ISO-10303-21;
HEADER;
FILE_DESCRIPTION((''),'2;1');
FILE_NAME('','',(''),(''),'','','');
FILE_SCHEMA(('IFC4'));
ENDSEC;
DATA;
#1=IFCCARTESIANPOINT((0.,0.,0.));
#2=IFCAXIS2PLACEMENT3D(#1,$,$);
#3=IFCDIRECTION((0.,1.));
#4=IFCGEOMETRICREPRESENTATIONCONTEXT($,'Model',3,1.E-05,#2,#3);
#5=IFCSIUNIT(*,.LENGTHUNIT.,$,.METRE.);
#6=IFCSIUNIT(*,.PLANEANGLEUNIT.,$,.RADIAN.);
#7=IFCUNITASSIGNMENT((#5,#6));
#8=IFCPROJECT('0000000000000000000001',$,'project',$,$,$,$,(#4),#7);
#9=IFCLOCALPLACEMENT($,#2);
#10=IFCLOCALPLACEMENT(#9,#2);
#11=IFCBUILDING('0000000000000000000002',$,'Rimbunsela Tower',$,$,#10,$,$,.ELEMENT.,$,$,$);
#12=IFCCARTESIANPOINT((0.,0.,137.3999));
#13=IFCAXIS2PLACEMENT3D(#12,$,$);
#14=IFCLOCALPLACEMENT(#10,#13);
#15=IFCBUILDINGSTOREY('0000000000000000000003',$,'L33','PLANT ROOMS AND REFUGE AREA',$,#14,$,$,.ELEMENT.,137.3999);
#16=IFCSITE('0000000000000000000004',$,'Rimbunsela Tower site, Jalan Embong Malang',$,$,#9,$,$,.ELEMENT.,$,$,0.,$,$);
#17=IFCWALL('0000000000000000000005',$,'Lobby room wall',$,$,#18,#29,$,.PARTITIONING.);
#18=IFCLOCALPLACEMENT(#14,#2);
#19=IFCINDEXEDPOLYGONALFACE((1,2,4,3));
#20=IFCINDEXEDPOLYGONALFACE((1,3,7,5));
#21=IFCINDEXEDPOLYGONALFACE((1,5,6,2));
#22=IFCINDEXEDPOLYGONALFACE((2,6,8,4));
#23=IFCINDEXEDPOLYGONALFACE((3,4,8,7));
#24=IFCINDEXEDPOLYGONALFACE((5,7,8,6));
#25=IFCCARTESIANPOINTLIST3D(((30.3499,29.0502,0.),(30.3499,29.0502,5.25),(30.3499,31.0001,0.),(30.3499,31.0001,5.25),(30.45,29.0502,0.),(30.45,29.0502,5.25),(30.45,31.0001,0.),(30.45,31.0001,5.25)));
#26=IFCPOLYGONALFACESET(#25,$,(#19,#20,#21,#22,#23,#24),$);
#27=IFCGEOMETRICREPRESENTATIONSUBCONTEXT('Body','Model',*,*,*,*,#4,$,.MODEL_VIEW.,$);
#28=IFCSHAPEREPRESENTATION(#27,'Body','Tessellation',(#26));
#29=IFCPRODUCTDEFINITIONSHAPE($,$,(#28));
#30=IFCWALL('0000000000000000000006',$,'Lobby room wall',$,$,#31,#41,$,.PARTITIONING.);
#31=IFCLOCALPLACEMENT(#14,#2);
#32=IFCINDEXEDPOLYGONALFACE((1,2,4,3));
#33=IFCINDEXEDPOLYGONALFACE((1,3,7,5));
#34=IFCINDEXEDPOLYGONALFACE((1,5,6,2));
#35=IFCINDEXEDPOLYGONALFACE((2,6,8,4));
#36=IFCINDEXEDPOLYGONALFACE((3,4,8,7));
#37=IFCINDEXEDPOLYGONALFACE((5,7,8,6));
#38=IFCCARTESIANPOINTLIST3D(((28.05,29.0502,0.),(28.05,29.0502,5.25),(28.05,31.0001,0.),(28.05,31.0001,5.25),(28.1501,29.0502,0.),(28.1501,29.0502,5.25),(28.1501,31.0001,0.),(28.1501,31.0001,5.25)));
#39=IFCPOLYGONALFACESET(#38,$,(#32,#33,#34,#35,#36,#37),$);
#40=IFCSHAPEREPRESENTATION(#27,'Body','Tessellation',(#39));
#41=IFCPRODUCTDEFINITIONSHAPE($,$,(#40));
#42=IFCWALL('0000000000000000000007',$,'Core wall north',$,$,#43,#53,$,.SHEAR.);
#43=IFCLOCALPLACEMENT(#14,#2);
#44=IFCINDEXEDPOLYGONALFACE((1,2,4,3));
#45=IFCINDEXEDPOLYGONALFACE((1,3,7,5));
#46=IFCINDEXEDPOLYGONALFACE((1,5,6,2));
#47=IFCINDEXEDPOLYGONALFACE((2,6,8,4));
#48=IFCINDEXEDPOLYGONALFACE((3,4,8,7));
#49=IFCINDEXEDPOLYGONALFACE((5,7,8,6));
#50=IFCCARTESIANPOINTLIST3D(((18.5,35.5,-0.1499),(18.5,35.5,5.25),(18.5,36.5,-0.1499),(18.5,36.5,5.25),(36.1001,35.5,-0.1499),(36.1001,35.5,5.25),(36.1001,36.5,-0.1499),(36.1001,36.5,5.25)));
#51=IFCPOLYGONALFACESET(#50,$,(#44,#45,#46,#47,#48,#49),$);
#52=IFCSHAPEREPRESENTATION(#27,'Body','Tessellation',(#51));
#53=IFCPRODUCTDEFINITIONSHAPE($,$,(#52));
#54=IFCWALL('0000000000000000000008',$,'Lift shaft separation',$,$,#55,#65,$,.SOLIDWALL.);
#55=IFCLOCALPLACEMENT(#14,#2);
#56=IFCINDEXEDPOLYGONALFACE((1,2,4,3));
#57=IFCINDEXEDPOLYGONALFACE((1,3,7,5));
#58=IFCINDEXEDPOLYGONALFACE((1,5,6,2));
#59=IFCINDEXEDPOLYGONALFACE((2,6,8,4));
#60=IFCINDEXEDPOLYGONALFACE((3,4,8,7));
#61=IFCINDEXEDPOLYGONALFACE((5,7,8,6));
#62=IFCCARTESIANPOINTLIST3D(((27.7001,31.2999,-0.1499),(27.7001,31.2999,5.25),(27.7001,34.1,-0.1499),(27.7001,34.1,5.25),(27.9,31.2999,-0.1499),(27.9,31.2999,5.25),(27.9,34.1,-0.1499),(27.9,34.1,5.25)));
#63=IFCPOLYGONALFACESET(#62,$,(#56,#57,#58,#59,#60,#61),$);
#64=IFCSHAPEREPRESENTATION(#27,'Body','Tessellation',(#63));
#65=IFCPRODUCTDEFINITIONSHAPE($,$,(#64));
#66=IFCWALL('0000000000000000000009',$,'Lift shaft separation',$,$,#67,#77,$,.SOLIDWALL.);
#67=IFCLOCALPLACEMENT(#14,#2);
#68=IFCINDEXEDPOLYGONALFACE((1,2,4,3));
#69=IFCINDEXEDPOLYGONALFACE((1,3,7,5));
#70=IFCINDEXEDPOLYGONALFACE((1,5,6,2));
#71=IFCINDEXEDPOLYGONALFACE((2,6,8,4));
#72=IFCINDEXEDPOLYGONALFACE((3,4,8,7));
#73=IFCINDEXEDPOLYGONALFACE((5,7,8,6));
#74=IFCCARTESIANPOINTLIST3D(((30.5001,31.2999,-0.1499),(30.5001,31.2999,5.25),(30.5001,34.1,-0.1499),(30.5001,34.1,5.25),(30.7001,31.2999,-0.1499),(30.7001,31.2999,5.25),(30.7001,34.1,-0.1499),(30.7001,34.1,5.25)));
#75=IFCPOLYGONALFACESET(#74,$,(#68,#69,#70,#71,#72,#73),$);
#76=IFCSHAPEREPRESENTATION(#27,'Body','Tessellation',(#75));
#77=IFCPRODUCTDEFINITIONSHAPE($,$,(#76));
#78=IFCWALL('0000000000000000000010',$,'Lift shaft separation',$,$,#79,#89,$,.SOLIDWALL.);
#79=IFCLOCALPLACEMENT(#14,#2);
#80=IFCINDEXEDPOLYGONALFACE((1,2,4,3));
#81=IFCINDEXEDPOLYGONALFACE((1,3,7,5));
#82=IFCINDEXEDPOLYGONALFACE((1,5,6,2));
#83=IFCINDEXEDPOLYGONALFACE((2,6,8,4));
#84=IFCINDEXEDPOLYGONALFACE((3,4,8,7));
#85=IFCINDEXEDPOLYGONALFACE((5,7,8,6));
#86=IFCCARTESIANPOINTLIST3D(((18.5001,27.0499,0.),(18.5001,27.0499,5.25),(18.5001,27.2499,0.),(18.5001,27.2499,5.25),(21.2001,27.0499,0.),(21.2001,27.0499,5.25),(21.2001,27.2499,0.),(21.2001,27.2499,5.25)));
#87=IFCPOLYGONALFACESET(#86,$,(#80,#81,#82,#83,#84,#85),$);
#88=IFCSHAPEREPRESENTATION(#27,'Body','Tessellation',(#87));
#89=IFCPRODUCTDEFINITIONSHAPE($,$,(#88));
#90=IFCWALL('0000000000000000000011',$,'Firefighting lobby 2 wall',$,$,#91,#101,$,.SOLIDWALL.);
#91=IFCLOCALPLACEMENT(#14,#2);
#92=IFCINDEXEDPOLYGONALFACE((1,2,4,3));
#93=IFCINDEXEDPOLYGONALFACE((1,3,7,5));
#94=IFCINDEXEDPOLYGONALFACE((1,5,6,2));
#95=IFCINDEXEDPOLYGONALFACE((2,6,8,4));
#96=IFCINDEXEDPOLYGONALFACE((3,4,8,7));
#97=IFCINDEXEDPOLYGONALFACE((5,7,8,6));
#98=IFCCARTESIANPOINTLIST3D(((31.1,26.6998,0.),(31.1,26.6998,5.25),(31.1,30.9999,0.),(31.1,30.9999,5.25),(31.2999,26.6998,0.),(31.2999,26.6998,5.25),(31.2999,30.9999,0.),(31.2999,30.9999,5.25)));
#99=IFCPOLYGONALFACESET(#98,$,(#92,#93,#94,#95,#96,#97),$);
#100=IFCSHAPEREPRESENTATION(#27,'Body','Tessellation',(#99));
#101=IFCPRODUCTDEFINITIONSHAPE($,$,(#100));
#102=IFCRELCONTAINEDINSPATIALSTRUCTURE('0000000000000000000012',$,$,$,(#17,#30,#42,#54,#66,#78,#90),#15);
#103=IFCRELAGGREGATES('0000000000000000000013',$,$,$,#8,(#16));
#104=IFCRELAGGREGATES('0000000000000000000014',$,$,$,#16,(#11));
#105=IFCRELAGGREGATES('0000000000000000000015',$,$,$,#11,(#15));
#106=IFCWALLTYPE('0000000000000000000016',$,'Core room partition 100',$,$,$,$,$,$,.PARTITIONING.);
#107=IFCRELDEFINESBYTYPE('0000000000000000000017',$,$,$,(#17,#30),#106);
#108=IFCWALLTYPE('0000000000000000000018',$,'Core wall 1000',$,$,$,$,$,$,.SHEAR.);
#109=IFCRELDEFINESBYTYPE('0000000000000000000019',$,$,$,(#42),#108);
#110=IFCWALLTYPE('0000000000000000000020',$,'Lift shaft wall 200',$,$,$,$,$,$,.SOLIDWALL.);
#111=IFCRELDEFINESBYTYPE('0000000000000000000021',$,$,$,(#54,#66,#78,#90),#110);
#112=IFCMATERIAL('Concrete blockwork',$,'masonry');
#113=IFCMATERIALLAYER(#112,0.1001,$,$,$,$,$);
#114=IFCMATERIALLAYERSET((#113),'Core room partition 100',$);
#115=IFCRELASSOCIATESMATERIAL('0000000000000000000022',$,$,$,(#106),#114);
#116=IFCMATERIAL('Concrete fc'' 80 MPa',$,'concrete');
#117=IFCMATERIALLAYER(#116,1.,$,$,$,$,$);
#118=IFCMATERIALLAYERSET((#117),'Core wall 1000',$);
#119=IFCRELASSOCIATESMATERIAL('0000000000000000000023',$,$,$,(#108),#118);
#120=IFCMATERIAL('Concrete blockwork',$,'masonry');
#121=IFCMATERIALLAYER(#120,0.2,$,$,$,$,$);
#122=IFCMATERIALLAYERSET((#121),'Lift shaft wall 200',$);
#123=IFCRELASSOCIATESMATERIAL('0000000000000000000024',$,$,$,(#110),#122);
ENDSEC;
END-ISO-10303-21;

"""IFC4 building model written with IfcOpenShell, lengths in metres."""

from ifc_helpers import new_model, si_unit, direction, frame, frame_2d, origin, place, context, subcontext, project, spatial, rectangle, extrude, material, layer, layer_set, type_object, element, save


model = new_model("IFC4")

# Units and contexts
model_context = context("Model", 3, precision=1e-05, world=origin(), true_north=direction((0.0, 1.0)))
body_context = subcontext(model_context, "Body", "Model", "MODEL_VIEW")
ifc_project = project(units=[si_unit("LENGTHUNIT", "METRE"), si_unit("PLANEANGLEUNIT", "RADIAN")], contexts=[model_context])

# Site, building, storey
site_placement = place(None, origin())
site = spatial("IfcSite", under=ifc_project, at=site_placement, Name="Rimbunsela Tower site, Jalan Embong Malang", CompositionType="ELEMENT", RefElevation=0.0)
building_placement = place(site_placement, origin())
building = spatial("IfcBuilding", under=site, at=building_placement, Name="Rimbunsela Tower", CompositionType="ELEMENT")
storey_placement = place(building_placement, frame((0.0, 0.0, 137.3999)))
storey = spatial("IfcBuildingStorey", under=building, at=storey_placement, Name="L33", Description="PLANT ROOMS AND REFUGE AREA", CompositionType="ELEMENT", Elevation=137.3999)

# Shared definitions
ifc_material_1 = material(Name="Concrete blockwork", Category="masonry")
ifc_layer_1 = layer(ifc_material_1, 0.1001)
ifc_layer_set_1 = layer_set([ifc_layer_1], Name="Core room partition 100")
wall_type_1 = type_object("IfcWallType", Name="Core room partition 100", PredefinedType="PARTITIONING", material=ifc_layer_set_1)

# Walls
for number, where, z_axis, x_axis, name in (
    (1, (30.3999, 29.05, 0.0), (0.0, 0.0, 1.0), (0.0, 1.0, 0.0), "Lobby room wall"),
    (2, (28.1001, 29.05, 0.0), (0.0, 0.0, 1.0), (0.0, 1.0, 0.0), "Lobby room wall"),
):
    element("IfcWall", number, at=place(storey_placement, frame(where, z_axis=z_axis, x_axis=x_axis)), inside=storey, type_object=wall_type_1, Name=name, PredefinedType="PARTITIONING", context=body_context, shape_type="SweptSolid", body=[
        extrude(rectangle(XDim=1.95, YDim=0.1001, at=frame_2d((0.9751, 0.0))), origin(), (0.0, 0.0, 1.0), 5.25),
    ])
ifc_material_2 = material(Name="Concrete fc' 80 MPa", Category="concrete")
ifc_layer_2 = layer(ifc_material_2, 1.0)
ifc_layer_set_2 = layer_set([ifc_layer_2], Name="Core wall 1000")
wall_type_2 = type_object("IfcWallType", Name="Core wall 1000", PredefinedType="SHEAR", material=ifc_layer_set_2)
wall_1_placement = place(storey_placement, frame((18.5, 36.0, -0.1499), z_axis=(0.0, 0.0, 1.0), x_axis=(1.0, 0.0, 0.0)))
element("IfcWall", 3, at=wall_1_placement, inside=storey, type_object=wall_type_2, Name="Core wall north", PredefinedType="SHEAR", context=body_context, shape_type="SweptSolid", body=[
    extrude(rectangle(XDim=17.6001, YDim=1.0, at=frame_2d((8.8, 0.0))), origin(), (0.0, 0.0, 1.0), 5.3999),
])
ifc_material_3 = material(Name="Concrete blockwork", Category="masonry")
ifc_layer_3 = layer(ifc_material_3, 0.2)
ifc_layer_set_3 = layer_set([ifc_layer_3], Name="Lift shaft wall 200")
wall_type_3 = type_object("IfcWallType", Name="Lift shaft wall 200", PredefinedType="SOLIDWALL", material=ifc_layer_set_3)
for number, where, z_axis, x_axis, name in (
    (4, (27.8, 31.3, -0.1499), (0.0, 0.0, 1.0), (0.0, 1.0, 0.0), "Lift shaft separation"),
    (5, (30.6001, 31.3, -0.1499), (0.0, 0.0, 1.0), (0.0, 1.0, 0.0), "Lift shaft separation"),
):
    element("IfcWall", number, at=place(storey_placement, frame(where, z_axis=z_axis, x_axis=x_axis)), inside=storey, type_object=wall_type_3, Name=name, PredefinedType="SOLIDWALL", context=body_context, shape_type="SweptSolid", body=[
        extrude(rectangle(XDim=2.8, YDim=0.2, at=frame_2d((1.3999, 0.0))), origin(), (0.0, 0.0, 1.0), 5.3999),
    ])
wall_2_placement = place(storey_placement, frame((18.5, 27.1499, 0.0), z_axis=(0.0, 0.0, 1.0), x_axis=(1.0, 0.0, 0.0)))
element("IfcWall", 6, at=wall_2_placement, inside=storey, type_object=wall_type_3, Name="Lift shaft separation", PredefinedType="SOLIDWALL", context=body_context, shape_type="SweptSolid", body=[
    extrude(rectangle(XDim=2.7, YDim=0.2, at=frame_2d((1.3501, 0.0))), origin(), (0.0, 0.0, 1.0), 5.25),
])
wall_3_placement = place(storey_placement, frame((31.2, 26.7, 0.0), z_axis=(0.0, 0.0, 1.0), x_axis=(0.0, 1.0, 0.0)))
element("IfcWall", 7, at=wall_3_placement, inside=storey, type_object=wall_type_3, Name="Firefighting lobby 2 wall", PredefinedType="SOLIDWALL", context=body_context, shape_type="SweptSolid", body=[
    extrude(rectangle(XDim=4.3, YDim=0.2, at=frame_2d((2.1499, 0.0))), origin(), (0.0, 0.0, 1.0), 5.25),
])

save(model, "model.ifc")
